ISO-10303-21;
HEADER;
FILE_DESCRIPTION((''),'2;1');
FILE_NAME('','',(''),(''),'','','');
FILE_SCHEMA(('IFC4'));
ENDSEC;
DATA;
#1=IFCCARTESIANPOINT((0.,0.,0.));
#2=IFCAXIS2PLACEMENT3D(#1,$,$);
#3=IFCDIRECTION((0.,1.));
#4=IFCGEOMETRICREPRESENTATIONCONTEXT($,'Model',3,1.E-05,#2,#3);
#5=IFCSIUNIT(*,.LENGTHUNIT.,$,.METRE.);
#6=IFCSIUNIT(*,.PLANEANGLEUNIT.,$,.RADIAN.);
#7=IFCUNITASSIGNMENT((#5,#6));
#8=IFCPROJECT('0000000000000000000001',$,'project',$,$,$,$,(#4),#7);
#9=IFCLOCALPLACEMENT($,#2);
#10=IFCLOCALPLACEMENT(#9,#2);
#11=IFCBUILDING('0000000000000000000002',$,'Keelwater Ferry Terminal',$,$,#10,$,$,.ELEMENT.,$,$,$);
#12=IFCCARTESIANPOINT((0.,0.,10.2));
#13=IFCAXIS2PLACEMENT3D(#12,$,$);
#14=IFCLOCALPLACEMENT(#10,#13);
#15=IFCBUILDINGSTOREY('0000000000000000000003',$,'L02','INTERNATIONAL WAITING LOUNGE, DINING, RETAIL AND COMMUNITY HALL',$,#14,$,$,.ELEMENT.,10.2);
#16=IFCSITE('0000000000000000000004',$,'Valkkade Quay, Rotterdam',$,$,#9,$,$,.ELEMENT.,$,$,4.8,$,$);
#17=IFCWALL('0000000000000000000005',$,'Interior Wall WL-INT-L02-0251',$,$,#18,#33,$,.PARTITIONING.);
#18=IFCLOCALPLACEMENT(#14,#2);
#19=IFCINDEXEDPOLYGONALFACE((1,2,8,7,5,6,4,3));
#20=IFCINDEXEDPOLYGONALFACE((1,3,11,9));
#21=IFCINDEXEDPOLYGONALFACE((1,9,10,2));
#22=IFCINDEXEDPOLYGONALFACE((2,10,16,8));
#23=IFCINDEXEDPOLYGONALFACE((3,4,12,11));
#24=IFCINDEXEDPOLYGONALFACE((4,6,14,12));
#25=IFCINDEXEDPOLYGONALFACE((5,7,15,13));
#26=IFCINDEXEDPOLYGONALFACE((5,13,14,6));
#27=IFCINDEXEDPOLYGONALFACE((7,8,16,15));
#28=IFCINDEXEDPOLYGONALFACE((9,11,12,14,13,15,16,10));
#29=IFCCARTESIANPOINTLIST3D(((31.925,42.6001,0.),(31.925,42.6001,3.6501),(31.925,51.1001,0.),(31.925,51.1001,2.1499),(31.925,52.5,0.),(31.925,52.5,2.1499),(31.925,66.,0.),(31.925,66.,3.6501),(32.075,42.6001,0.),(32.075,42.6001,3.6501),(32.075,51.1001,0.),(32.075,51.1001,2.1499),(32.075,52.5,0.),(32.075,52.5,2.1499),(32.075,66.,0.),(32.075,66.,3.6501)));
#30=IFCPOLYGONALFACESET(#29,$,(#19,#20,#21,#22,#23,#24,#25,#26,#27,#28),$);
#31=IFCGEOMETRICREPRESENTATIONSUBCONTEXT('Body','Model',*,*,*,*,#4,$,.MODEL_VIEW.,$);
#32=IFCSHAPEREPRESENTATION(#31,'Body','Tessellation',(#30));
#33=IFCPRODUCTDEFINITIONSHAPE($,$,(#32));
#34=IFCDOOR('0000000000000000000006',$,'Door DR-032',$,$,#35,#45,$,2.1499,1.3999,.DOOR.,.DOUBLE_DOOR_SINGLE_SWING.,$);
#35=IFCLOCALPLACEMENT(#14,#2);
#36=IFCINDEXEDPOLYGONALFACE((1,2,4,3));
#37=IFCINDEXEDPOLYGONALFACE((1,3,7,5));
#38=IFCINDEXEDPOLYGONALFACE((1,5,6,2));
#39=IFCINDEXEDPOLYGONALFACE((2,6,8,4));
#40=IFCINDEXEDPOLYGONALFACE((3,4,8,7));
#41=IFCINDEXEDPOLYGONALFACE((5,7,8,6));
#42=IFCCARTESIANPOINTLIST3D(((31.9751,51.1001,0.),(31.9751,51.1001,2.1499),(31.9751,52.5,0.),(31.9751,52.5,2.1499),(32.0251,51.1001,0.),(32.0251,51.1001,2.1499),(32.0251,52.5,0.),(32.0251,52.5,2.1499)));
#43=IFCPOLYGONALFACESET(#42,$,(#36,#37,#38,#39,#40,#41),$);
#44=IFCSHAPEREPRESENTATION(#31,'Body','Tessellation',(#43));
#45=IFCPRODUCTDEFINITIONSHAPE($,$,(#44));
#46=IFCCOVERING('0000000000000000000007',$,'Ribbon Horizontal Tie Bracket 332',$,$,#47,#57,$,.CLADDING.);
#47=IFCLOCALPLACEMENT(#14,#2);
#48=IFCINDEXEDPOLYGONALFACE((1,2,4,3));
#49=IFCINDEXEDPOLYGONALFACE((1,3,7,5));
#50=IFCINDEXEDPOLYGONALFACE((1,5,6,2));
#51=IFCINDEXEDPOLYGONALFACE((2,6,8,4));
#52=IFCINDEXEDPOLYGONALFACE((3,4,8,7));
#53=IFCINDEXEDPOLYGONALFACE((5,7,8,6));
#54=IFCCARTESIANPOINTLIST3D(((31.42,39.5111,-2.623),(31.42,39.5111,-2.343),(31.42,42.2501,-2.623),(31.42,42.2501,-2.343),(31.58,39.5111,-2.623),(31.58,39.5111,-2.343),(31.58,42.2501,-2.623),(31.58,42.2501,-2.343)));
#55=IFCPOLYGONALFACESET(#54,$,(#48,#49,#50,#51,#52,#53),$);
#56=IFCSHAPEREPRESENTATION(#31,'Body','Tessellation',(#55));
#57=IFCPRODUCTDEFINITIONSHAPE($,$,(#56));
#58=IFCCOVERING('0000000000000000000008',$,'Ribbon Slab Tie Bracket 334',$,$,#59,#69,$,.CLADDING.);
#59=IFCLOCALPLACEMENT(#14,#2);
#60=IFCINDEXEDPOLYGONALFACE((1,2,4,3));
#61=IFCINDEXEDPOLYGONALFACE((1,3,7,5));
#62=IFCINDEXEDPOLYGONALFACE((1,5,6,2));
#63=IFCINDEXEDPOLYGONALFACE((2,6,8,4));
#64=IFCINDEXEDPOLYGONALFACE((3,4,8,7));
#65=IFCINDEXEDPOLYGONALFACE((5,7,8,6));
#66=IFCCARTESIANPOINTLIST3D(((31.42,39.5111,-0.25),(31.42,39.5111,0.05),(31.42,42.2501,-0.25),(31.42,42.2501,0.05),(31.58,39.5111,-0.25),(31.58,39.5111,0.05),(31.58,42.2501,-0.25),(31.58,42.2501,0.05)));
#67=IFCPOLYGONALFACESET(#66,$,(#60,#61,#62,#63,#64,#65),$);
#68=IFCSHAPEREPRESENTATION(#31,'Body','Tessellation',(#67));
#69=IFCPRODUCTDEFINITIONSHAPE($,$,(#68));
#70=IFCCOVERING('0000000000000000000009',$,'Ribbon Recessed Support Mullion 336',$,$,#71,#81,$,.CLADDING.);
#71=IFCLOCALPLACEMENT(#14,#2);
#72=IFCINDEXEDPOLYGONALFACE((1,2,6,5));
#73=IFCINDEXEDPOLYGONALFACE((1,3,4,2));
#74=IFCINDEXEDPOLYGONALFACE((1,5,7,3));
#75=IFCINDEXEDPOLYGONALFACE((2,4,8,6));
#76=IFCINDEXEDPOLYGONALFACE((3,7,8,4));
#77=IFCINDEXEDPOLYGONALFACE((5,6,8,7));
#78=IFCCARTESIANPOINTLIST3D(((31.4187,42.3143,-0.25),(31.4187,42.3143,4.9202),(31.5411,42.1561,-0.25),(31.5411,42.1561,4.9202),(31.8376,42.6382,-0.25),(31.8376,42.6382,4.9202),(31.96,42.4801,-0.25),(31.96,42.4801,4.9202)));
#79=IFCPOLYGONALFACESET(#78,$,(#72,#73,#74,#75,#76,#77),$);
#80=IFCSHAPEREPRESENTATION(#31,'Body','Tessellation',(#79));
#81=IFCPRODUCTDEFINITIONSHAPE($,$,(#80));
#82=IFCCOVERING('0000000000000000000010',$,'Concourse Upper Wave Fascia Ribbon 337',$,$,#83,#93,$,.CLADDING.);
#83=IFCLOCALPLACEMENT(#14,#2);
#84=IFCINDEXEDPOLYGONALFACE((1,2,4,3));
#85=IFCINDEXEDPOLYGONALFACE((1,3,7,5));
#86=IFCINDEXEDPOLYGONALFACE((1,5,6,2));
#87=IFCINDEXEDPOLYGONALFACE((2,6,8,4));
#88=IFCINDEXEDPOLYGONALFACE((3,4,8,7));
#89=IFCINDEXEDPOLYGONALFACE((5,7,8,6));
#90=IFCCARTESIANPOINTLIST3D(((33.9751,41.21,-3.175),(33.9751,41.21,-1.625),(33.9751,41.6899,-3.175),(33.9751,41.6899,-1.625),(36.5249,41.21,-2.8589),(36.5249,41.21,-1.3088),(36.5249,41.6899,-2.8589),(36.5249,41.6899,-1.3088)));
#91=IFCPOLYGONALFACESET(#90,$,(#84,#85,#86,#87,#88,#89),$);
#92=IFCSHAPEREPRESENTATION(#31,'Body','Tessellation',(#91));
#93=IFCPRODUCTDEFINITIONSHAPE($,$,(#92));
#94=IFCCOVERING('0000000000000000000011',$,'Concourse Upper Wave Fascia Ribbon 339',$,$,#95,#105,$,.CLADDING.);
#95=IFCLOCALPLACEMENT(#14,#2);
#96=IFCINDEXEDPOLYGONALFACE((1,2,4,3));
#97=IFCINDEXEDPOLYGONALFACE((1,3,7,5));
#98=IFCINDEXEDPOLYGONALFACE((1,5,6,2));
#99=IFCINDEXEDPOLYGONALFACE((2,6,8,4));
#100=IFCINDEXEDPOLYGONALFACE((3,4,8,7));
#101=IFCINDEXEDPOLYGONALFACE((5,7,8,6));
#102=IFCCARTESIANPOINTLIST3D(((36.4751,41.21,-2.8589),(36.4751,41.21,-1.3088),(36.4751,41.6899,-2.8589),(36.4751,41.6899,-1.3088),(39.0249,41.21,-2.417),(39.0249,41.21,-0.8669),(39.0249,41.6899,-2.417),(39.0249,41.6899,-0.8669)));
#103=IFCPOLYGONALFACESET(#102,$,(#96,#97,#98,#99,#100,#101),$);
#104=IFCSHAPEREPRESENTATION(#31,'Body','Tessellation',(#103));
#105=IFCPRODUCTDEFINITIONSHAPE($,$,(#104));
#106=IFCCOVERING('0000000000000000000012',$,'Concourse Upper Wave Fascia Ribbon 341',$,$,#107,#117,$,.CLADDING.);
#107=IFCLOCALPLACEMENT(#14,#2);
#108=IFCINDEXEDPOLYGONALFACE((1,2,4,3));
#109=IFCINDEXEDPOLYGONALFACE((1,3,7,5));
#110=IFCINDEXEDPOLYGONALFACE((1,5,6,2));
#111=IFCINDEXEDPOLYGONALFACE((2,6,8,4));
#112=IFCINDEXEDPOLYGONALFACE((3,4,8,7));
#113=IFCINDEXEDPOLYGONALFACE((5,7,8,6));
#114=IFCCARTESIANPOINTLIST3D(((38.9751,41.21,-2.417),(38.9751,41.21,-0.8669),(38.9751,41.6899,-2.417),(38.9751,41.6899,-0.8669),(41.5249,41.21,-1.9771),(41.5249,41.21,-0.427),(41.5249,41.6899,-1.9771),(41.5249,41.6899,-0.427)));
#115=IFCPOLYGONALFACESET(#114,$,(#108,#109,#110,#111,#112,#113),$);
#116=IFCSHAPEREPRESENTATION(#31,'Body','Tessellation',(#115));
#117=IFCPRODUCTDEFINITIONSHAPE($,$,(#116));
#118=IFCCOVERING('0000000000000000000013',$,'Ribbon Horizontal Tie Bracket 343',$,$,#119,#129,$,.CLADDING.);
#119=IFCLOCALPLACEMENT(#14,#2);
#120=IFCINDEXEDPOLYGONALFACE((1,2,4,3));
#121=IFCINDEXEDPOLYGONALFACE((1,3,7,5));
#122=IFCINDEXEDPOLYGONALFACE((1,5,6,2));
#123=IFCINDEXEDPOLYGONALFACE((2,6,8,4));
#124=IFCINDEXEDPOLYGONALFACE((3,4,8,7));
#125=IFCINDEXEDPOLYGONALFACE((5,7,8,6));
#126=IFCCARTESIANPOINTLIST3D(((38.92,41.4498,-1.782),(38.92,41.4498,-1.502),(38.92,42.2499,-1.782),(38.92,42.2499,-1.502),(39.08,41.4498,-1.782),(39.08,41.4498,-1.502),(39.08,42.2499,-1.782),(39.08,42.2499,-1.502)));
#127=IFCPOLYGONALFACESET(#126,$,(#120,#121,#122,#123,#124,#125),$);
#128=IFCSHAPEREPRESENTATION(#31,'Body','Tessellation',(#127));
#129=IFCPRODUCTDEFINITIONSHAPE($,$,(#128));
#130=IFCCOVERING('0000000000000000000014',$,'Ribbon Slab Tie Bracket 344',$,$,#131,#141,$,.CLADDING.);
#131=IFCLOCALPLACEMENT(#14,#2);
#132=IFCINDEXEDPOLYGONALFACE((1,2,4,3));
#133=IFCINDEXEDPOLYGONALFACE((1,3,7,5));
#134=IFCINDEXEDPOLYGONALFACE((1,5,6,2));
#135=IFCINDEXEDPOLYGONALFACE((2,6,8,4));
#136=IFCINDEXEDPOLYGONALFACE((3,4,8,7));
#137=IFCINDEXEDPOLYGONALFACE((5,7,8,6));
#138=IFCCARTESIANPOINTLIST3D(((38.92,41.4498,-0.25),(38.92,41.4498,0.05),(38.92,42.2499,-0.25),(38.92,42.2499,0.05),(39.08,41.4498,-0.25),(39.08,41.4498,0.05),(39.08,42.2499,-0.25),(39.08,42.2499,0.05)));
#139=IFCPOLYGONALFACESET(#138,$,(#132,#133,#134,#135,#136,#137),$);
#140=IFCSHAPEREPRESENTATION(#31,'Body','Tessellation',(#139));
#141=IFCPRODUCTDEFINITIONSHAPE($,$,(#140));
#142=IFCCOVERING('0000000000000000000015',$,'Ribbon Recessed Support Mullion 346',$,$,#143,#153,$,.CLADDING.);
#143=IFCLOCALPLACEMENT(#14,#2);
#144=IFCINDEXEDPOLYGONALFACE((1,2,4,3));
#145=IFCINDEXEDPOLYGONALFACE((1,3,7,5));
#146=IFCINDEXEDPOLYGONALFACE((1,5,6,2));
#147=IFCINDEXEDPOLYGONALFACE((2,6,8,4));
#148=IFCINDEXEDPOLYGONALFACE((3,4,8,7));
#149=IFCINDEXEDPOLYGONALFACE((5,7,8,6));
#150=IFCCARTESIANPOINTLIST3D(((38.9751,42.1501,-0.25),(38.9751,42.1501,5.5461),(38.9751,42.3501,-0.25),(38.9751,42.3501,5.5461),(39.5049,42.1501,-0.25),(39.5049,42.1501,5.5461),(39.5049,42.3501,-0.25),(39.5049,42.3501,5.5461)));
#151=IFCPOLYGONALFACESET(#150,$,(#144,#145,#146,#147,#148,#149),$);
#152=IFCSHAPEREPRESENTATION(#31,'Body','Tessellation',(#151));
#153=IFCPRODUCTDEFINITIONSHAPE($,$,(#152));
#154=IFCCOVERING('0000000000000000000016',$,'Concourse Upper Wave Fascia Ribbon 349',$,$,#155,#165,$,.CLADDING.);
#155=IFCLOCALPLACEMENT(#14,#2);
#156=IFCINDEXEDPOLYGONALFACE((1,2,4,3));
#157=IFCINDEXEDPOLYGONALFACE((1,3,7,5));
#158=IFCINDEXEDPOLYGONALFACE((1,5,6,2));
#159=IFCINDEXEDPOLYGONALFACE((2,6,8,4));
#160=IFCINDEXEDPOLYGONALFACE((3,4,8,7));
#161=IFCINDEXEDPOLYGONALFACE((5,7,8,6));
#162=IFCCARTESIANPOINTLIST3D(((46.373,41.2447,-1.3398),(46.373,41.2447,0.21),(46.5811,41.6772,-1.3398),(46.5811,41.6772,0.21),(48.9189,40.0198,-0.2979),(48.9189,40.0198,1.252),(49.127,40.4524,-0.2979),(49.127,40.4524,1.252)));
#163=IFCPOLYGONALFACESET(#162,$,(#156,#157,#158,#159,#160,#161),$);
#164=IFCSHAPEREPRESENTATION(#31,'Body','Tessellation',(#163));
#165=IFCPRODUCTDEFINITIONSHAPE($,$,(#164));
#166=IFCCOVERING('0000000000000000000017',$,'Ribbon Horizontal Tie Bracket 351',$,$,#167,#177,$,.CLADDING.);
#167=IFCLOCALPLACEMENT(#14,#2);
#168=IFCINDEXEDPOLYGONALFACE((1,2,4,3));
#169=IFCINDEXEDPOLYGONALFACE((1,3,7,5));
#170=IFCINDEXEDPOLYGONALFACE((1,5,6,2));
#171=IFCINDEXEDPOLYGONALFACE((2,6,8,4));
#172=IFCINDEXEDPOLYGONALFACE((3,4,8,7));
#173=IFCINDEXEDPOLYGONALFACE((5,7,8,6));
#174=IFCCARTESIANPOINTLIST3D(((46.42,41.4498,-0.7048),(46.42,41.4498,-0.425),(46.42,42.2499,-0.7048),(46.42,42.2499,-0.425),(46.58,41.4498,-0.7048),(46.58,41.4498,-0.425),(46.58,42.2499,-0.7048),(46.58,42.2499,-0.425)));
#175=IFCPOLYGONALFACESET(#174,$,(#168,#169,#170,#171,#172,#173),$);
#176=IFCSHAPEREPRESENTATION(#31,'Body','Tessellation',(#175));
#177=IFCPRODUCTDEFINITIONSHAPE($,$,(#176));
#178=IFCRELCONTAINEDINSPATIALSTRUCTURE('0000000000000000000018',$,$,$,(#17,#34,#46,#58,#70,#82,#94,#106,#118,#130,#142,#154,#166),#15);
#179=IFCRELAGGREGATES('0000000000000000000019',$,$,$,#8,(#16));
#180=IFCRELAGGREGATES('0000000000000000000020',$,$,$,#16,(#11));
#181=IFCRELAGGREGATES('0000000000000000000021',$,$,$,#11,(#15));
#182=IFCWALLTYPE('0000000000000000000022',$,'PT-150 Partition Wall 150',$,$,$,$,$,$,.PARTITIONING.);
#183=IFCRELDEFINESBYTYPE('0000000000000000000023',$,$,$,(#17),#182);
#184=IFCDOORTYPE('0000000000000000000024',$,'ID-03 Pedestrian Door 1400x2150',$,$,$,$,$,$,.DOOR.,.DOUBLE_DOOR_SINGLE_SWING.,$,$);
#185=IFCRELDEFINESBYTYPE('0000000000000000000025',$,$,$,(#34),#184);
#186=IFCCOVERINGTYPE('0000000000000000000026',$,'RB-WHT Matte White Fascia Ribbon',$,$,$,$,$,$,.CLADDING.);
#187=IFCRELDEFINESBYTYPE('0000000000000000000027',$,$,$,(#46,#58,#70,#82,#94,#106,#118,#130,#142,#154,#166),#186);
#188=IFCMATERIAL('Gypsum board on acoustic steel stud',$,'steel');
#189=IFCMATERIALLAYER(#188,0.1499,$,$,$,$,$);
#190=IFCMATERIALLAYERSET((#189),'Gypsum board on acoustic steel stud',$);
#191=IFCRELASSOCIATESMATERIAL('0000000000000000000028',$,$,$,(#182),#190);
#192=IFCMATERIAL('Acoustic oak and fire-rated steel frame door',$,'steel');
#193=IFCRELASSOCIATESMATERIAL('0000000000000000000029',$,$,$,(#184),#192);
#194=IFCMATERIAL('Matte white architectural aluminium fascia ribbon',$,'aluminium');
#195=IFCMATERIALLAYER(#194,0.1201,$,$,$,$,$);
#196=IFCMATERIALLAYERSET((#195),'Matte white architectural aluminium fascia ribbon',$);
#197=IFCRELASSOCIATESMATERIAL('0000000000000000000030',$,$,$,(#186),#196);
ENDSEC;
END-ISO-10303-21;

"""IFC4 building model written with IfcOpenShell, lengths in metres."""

from ifc_helpers import new_model, si_unit, direction, frame, frame_2d, origin, place, context, subcontext, project, spatial, polyline, rectangle, outline, extrude, material, layer, layer_set, type_object, element, fill, save


model = new_model("IFC4")

# Units and contexts
model_context = context("Model", 3, precision=1e-05, world=origin(), true_north=direction((0.0, 1.0)))
body_context = subcontext(model_context, "Body", "Model", "MODEL_VIEW")
ifc_project = project(units=[si_unit("LENGTHUNIT", "METRE"), si_unit("PLANEANGLEUNIT", "RADIAN")], contexts=[model_context])

# Site, building, storey
site_placement = place(None, origin())
site = spatial("IfcSite", under=ifc_project, at=site_placement, Name="Valkkade Quay, Rotterdam", CompositionType="ELEMENT", RefElevation=4.8)
building_placement = place(site_placement, origin())
building = spatial("IfcBuilding", under=site, at=building_placement, Name="Keelwater Ferry Terminal", CompositionType="ELEMENT")
storey_placement = place(building_placement, frame((0.0, 0.0, 10.2)))
storey = spatial("IfcBuildingStorey", under=building, at=storey_placement, Name="L02", Description="INTERNATIONAL WAITING LOUNGE, DINING, RETAIL AND COMMUNITY HALL", CompositionType="ELEMENT", Elevation=10.2)

# Wall, opening, door
ifc_material_1 = material(Name="Gypsum board on acoustic steel stud", Category="steel")
ifc_layer_1 = layer(ifc_material_1, 0.1499)
ifc_layer_set_1 = layer_set([ifc_layer_1], Name="Gypsum board on acoustic steel stud")
wall_type_1 = type_object("IfcWallType", Name="PT-150 Partition Wall 150", PredefinedType="PARTITIONING", material=ifc_layer_set_1)
wall_1_placement = place(storey_placement, frame((32.0, 42.6001, 0.0), z_axis=(0.0, 0.0, 1.0), x_axis=(0.0, 1.0, 0.0)))
wall_1 = element("IfcWall", 1, at=wall_1_placement, inside=storey, type_object=wall_type_1, Name="Interior Wall WL-INT-L02-0251", PredefinedType="PARTITIONING", context=body_context, shape_type="SweptSolid", body=[
    extrude(rectangle(XDim=23.3999, YDim=0.1499, at=frame_2d((11.7, 0.0))), origin(), (0.0, 0.0, 1.0), 3.6501),
])
opening_1_placement = place(wall_1_placement, frame((8.5, 0.0, 0.0)))
opening_1 = element("IfcOpeningElement", 2, at=opening_1_placement, cuts=wall_1, PredefinedType="OPENING", context=body_context, shape_type="SweptSolid", body=[
    extrude(rectangle(XDim=1.3999, YDim=2.1499, at=frame_2d((0.7, 1.075))), frame((0.0, 0.085, 0.0), z_axis=(0.0, -1.0, 0.0), x_axis=(1.0, 0.0, 0.0)), (0.0, 0.0, 1.0), 0.1699),
])
ifc_material_2 = material(Name="Acoustic oak and fire-rated steel frame door", Category="steel")
door_type_1 = type_object("IfcDoorType", Name="ID-03 Pedestrian Door 1400x2150", OperationType="DOUBLE_DOOR_SINGLE_SWING", PredefinedType="DOOR", material=ifc_material_2)
door_1_placement = place(opening_1_placement, origin())
door_1 = element("IfcDoor", 3, at=door_1_placement, inside=storey, type_object=door_type_1, Name="Door DR-032", OperationType="DOUBLE_DOOR_SINGLE_SWING", OverallHeight=2.1499, OverallWidth=1.3999, PredefinedType="DOOR", context=body_context, shape_type="SweptSolid", body=[
    extrude(rectangle(XDim=1.3999, YDim=2.1499, at=frame_2d((0.7, 1.075))), frame((0.0, 0.0249, 0.0), z_axis=(0.0, -1.0, 0.0), x_axis=(1.0, 0.0, 0.0)), (0.0, 0.0, 1.0), 0.05),
])
fill(opening_1, door_1)

# Coverings
ifc_material_3 = material(Name="Matte white architectural aluminium fascia ribbon", Category="aluminium")
ifc_layer_2 = layer(ifc_material_3, 0.1201)
ifc_layer_set_2 = layer_set([ifc_layer_2], Name="Matte white architectural aluminium fascia ribbon")
covering_type = type_object("IfcCoveringType", Name="RB-WHT Matte White Fascia Ribbon", PredefinedType="CLADDING", material=ifc_layer_set_2)
covering_1_placement = place(storey_placement, frame((31.5, 39.511, -2.623), z_axis=(0.0, 0.0, 1.0), x_axis=(0.0, 1.0, 0.0)))
element("IfcCovering", 4, at=covering_1_placement, inside=storey, type_object=covering_type, Name="Ribbon Horizontal Tie Bracket 332", PredefinedType="CLADDING", context=body_context, shape_type="SweptSolid", body=[
    extrude(rectangle(XDim=2.739, YDim=0.1599, at=frame_2d((1.3696, 0.0))), origin(), (0.0, 0.0, 1.0), 0.28),
])
covering_2_placement = place(storey_placement, frame((31.5, 39.511, -0.25), z_axis=(0.0, 0.0, 1.0), x_axis=(0.0, 1.0, 0.0)))
element("IfcCovering", 5, at=covering_2_placement, inside=storey, type_object=covering_type, Name="Ribbon Slab Tie Bracket 334", PredefinedType="CLADDING", context=body_context, shape_type="SweptSolid", body=[
    extrude(rectangle(XDim=2.739, YDim=0.1599, at=frame_2d((1.3696, 0.0))), origin(), (0.0, 0.0, 1.0), 0.3),
])
covering_3_placement = place(storey_placement, frame((31.48, 42.2351, -0.25), z_axis=(0.0, 0.0, 1.0), x_axis=(0.791062, 0.611736, 0.0)))
element("IfcCovering", 6, at=covering_3_placement, inside=storey, type_object=covering_type, Name="Ribbon Recessed Support Mullion 336", PredefinedType="CLADDING", context=body_context, shape_type="SweptSolid", body=[
    extrude(outline(polyline([(0.0, 0.0), (0.5295, 0.0), (0.5295, 5.1702), (0.0, 5.1702), (0.0, 0.0)])), frame((0.0, 0.1001, 0.0), z_axis=(0.0, -1.0, 0.0), x_axis=(1.0, 0.0, 0.0)), (0.0, 0.0, 1.0), 0.2),
])
covering_4_placement = place(storey_placement, frame((33.9751, 41.45, -3.175), z_axis=(0.0, 0.0, 1.0), x_axis=(1.0, 0.0, 0.0)))
element("IfcCovering", 7, at=covering_4_placement, inside=storey, type_object=covering_type, Name="Concourse Upper Wave Fascia Ribbon 337", PredefinedType="CLADDING", context=body_context, shape_type="SweptSolid", body=[
    extrude(outline(polyline([(0.0, 0.0), (2.5498, 0.3162), (2.5498, 1.8662), (0.0, 1.55), (0.0, 0.0)])), frame((0.0, 0.24, 0.0), z_axis=(0.0, -1.0, 0.0), x_axis=(1.0, 0.0, 0.0)), (0.0, 0.0, 1.0), 0.48),
])
covering_5_placement = place(storey_placement, frame((36.4751, 41.45, -2.8589), z_axis=(0.0, 0.0, 1.0), x_axis=(1.0, 0.0, 0.0)))
element("IfcCovering", 8, at=covering_5_placement, inside=storey, type_object=covering_type, Name="Concourse Upper Wave Fascia Ribbon 339", PredefinedType="CLADDING", context=body_context, shape_type="SweptSolid", body=[
    extrude(outline(polyline([(0.0, 0.0), (2.5498, 0.4419), (2.5498, 1.9919), (0.0, 1.55), (0.0, 0.0)])), frame((0.0, 0.24, 0.0), z_axis=(0.0, -1.0, 0.0), x_axis=(1.0, 0.0, 0.0)), (0.0, 0.0, 1.0), 0.48),
])
covering_6_placement = place(storey_placement, frame((38.9751, 41.45, -2.417), z_axis=(0.0, 0.0, 1.0), x_axis=(1.0, 0.0, 0.0)))
element("IfcCovering", 9, at=covering_6_placement, inside=storey, type_object=covering_type, Name="Concourse Upper Wave Fascia Ribbon 341", PredefinedType="CLADDING", context=body_context, shape_type="SweptSolid", body=[
    extrude(outline(polyline([(0.0, 0.0), (2.5498, 0.4399), (2.5498, 1.99), (0.0, 1.55), (0.0, 0.0)])), frame((0.0, 0.24, 0.0), z_axis=(0.0, -1.0, 0.0), x_axis=(1.0, 0.0, 0.0)), (0.0, 0.0, 1.0), 0.48),
])
covering_7_placement = place(storey_placement, frame((39.0, 41.45, -1.782), z_axis=(0.0, 0.0, 1.0), x_axis=(0.0, 1.0, 0.0)))
element("IfcCovering", 10, at=covering_7_placement, inside=storey, type_object=covering_type, Name="Ribbon Horizontal Tie Bracket 343", PredefinedType="CLADDING", context=body_context, shape_type="SweptSolid", body=[
    extrude(rectangle(XDim=0.8, YDim=0.1599, at=frame_2d((0.3999, 0.0))), origin(), (0.0, 0.0, 1.0), 0.28),
])
covering_8_placement = place(storey_placement, frame((39.0, 41.45, -0.25), z_axis=(0.0, 0.0, 1.0), x_axis=(0.0, 1.0, 0.0)))
element("IfcCovering", 11, at=covering_8_placement, inside=storey, type_object=covering_type, Name="Ribbon Slab Tie Bracket 344", PredefinedType="CLADDING", context=body_context, shape_type="SweptSolid", body=[
    extrude(rectangle(XDim=0.8, YDim=0.1599, at=frame_2d((0.3999, 0.0))), origin(), (0.0, 0.0, 1.0), 0.3),
])
covering_9_placement = place(storey_placement, frame((38.9751, 42.25, -0.25), z_axis=(0.0, 0.0, 1.0), x_axis=(1.0, 0.0, 0.0)))
element("IfcCovering", 12, at=covering_9_placement, inside=storey, type_object=covering_type, Name="Ribbon Recessed Support Mullion 346", PredefinedType="CLADDING", context=body_context, shape_type="SweptSolid", body=[
    extrude(outline(polyline([(0.0, 0.0), (0.5298, 0.0), (0.5298, 5.7961), (0.0, 5.7961), (0.0, 0.0)])), frame((0.0, 0.1001, 0.0), z_axis=(0.0, -1.0, 0.0), x_axis=(1.0, 0.0, 0.0)), (0.0, 0.0, 1.0), 0.2),
])
covering_10_placement = place(storey_placement, frame((46.4771, 41.4609, -1.3398), z_axis=(0.0, 0.0, 1.0), x_axis=(0.901133, -0.433543, 0.0)))
element("IfcCovering", 13, at=covering_10_placement, inside=storey, type_object=covering_type, Name="Concourse Upper Wave Fascia Ribbon 349", PredefinedType="CLADDING", context=body_context, shape_type="SweptSolid", body=[
    extrude(outline(polyline([(0.0, 0.0), (2.8252, 1.042), (2.8252, 2.5918), (0.0, 1.5498), (0.0, 0.0)])), frame((0.0, 0.24, 0.0), z_axis=(0.0, -1.0, 0.0), x_axis=(1.0, 0.0, 0.0)), (0.0, 0.0, 1.0), 0.48),
])
covering_11_placement = place(storey_placement, frame((46.5, 41.45, -0.7048), z_axis=(0.0, 0.0, 1.0), x_axis=(0.0, 1.0, 0.0)))
element("IfcCovering", 14, at=covering_11_placement, inside=storey, type_object=covering_type, Name="Ribbon Horizontal Tie Bracket 351", PredefinedType="CLADDING", context=body_context, shape_type="SweptSolid", body=[
    extrude(rectangle(XDim=0.8, YDim=0.1599, at=frame_2d((0.3999, 0.0))), origin(), (0.0, 0.0, 1.0), 0.2798),
])

save(model, "model.ifc")
